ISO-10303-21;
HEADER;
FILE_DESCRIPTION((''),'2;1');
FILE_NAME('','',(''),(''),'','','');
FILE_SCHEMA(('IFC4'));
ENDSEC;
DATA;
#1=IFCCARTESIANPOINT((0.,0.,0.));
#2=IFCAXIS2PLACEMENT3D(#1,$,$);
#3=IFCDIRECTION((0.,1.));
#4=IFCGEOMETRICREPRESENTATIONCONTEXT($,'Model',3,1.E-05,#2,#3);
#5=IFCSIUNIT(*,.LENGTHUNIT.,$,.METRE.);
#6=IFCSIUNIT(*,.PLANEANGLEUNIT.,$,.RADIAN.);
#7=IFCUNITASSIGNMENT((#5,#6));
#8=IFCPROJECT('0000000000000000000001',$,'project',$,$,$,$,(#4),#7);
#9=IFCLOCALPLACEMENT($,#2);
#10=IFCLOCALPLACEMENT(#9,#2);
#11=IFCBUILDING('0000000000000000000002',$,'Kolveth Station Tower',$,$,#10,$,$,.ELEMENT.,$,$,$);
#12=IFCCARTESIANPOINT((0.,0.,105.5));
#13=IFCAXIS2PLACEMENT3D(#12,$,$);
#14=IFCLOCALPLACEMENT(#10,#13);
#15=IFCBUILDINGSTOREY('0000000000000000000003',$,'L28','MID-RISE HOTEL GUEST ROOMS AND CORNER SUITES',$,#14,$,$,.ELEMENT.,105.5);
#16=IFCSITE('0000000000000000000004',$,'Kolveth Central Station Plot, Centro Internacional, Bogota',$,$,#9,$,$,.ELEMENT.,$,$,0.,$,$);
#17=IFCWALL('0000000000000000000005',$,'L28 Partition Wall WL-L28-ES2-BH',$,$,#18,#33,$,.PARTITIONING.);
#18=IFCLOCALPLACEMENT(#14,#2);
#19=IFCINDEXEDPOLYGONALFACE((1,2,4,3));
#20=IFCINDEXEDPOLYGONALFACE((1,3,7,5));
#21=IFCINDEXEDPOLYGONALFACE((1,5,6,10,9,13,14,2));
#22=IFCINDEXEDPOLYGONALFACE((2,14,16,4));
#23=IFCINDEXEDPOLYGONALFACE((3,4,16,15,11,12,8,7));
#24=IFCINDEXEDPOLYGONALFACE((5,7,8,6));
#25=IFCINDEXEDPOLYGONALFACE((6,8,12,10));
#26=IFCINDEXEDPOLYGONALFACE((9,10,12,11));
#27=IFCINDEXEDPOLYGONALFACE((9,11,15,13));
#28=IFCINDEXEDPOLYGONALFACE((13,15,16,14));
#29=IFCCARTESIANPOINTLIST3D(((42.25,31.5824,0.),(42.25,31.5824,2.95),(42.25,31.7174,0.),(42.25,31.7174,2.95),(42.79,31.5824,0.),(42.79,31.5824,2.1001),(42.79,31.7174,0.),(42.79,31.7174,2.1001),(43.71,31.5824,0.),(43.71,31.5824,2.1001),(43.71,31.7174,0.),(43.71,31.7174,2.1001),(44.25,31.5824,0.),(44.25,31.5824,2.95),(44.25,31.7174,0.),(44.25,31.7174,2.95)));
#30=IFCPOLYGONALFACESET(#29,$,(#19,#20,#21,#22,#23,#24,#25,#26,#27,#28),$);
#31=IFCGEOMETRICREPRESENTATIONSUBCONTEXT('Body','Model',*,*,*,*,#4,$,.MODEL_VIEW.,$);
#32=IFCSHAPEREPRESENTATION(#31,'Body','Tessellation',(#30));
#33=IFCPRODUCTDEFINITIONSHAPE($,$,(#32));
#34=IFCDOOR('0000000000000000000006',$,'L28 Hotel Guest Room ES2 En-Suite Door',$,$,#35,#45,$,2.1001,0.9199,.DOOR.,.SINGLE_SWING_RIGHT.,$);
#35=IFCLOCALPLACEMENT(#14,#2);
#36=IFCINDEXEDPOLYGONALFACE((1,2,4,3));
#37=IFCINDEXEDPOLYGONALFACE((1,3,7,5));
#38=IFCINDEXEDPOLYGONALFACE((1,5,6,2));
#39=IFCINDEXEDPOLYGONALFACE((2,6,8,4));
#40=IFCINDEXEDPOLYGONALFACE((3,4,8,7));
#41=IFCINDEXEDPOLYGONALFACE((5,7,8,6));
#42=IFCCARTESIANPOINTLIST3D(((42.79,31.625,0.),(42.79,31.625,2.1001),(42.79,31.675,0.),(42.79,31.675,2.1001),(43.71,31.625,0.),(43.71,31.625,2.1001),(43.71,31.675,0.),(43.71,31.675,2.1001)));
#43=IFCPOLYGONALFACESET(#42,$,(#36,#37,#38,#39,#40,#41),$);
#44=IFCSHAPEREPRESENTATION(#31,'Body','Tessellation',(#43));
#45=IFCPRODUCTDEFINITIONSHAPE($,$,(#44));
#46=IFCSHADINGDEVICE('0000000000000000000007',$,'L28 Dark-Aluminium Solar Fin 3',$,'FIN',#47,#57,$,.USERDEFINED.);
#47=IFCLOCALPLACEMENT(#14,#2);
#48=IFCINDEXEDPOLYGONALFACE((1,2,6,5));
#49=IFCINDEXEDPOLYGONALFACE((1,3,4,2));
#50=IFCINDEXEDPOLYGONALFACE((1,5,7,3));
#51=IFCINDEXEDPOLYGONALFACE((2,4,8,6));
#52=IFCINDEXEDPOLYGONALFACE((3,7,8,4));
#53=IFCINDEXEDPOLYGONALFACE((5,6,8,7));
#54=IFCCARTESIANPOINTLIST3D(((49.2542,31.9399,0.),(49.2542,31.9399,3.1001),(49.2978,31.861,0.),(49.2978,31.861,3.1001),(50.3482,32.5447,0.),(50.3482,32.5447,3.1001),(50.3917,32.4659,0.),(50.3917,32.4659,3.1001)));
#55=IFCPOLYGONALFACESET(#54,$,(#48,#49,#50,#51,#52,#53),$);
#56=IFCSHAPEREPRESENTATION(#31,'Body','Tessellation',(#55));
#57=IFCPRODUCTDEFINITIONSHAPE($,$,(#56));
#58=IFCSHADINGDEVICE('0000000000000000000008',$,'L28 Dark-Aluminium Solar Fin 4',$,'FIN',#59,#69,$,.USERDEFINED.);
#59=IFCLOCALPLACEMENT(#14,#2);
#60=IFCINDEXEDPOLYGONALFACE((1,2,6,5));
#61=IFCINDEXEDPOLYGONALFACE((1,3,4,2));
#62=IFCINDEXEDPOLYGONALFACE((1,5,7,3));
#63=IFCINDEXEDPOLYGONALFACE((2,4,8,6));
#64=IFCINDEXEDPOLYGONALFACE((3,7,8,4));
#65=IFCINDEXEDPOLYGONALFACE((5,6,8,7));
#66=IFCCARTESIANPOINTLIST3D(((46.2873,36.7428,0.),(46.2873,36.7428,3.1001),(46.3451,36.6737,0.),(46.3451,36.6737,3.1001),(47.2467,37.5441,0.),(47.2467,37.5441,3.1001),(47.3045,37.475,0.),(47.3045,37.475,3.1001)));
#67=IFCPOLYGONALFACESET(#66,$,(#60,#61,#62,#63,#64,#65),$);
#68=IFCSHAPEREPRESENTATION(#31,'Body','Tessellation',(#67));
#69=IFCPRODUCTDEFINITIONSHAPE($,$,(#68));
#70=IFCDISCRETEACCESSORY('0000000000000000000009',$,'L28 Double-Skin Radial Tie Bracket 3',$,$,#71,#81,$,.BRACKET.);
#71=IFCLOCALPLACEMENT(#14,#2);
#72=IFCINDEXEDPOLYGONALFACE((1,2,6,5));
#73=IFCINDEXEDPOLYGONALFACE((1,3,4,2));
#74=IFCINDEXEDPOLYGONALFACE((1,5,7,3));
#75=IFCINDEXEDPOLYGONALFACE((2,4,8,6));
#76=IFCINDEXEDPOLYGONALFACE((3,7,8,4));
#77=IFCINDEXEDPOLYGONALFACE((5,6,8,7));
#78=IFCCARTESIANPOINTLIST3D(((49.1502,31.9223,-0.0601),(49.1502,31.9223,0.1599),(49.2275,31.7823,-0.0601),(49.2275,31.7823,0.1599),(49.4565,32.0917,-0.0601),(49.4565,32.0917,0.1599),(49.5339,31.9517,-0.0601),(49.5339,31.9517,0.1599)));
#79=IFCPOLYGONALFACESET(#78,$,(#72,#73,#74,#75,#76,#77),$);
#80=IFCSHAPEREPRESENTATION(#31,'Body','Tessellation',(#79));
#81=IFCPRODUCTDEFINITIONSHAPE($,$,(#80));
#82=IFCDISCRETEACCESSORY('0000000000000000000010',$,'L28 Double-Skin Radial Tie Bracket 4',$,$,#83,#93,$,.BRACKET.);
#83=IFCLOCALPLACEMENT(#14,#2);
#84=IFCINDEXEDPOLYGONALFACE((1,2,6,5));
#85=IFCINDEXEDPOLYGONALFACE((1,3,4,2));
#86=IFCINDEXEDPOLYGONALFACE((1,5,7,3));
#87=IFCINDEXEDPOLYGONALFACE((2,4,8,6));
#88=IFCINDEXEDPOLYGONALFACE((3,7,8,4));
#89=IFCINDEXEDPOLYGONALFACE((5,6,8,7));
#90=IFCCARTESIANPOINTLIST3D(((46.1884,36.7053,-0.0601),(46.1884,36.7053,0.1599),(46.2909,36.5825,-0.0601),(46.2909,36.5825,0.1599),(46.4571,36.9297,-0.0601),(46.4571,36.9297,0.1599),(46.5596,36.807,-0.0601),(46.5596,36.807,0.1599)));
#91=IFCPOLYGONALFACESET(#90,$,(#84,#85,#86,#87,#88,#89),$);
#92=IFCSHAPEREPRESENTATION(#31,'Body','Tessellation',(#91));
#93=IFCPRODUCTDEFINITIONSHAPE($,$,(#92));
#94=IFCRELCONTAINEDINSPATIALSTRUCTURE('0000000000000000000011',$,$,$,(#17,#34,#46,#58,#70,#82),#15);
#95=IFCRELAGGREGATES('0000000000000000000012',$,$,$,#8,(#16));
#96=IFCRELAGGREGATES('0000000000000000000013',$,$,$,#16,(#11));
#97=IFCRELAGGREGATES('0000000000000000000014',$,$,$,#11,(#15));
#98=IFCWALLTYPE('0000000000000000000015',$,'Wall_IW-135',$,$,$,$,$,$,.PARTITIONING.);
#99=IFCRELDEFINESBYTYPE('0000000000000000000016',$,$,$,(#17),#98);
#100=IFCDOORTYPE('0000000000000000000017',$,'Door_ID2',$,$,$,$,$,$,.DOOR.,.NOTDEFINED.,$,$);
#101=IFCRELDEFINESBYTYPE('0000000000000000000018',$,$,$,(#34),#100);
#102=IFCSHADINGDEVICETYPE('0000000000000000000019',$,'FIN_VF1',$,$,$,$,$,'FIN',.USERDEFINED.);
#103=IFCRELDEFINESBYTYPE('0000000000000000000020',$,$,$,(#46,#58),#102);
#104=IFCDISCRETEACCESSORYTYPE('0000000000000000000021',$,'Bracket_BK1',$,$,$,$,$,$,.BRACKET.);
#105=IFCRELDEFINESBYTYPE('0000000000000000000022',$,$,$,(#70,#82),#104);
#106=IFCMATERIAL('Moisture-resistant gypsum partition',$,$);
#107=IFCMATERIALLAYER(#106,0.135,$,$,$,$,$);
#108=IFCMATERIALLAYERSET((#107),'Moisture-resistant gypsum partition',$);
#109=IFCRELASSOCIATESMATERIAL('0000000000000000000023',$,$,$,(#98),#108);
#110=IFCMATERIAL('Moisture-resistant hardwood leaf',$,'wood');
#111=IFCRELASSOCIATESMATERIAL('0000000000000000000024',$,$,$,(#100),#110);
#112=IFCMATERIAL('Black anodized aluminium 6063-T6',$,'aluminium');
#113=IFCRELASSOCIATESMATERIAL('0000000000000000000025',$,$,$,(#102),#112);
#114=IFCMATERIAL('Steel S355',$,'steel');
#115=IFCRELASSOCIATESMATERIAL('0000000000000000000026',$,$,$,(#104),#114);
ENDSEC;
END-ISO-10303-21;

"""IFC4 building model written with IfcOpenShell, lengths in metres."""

from ifc_helpers import new_model, si_unit, direction, frame, frame_2d, origin, origin_2d, place, context, subcontext, project, spatial, rectangle, extrude, source, transform, mapped, material, layer, layer_set, type_object, element, fill, save


model = new_model("IFC4")

# Units and contexts
model_context = context("Model", 3, precision=1e-05, world=origin(), true_north=direction((0.0, 1.0)))
body_context = subcontext(model_context, "Body", "Model", "MODEL_VIEW")
ifc_project = project(units=[si_unit("LENGTHUNIT", "METRE"), si_unit("PLANEANGLEUNIT", "RADIAN")], contexts=[model_context])

# Site, building, storey
site_placement = place(None, origin())
site = spatial("IfcSite", under=ifc_project, at=site_placement, Name="Kolveth Central Station Plot, Centro Internacional, Bogota", CompositionType="ELEMENT", RefElevation=0.0)
building_placement = place(site_placement, origin())
building = spatial("IfcBuilding", under=site, at=building_placement, Name="Kolveth Station Tower", CompositionType="ELEMENT")
storey_placement = place(building_placement, frame((0.0, 0.0, 105.5)))
storey = spatial("IfcBuildingStorey", under=building, at=storey_placement, Name="L28", Description="MID-RISE HOTEL GUEST ROOMS AND CORNER SUITES", CompositionType="ELEMENT", Elevation=105.5)

# Shared definitions
ifc_material_1 = material(Name="Black anodized aluminium 6063-T6", Category="aluminium")

# Wall, opening, door
ifc_material_2 = material(Name="Moisture-resistant gypsum partition")
ifc_layer_1 = layer(ifc_material_2, 0.135)
ifc_layer_set_1 = layer_set([ifc_layer_1], Name="Moisture-resistant gypsum partition")
wall_type = type_object("IfcWallType", Name="Wall_IW-135", PredefinedType="PARTITIONING", material=ifc_layer_set_1)
wall_placement = place(storey_placement, frame((42.25, 31.6499, 0.0), z_axis=(0.0, 0.0, 1.0), x_axis=(1.0, 0.0, 0.0)))
wall = element("IfcWall", 1, at=wall_placement, inside=storey, type_object=wall_type, Name="L28 Partition Wall WL-L28-ES2-BH", PredefinedType="PARTITIONING", context=body_context, shape_type="SweptSolid", body=[
    extrude(rectangle(XDim=2.0, YDim=0.135, at=frame_2d((1.0, 0.0))), origin(), (0.0, 0.0, 1.0), 2.95),
])
opening_placement = place(wall_placement, frame((0.54, 0.0, 0.0)))
opening = element("IfcOpeningElement", 2, at=opening_placement, cuts=wall, PredefinedType="OPENING", context=body_context, shape_type="SweptSolid", body=[
    extrude(rectangle(XDim=0.9199, YDim=2.1001, at=frame_2d((0.46, 1.05))), frame((0.0, 0.0774, 0.0), z_axis=(0.0, -1.0, 0.0), x_axis=(1.0, 0.0, 0.0)), (0.0, 0.0, 1.0), 0.155),
])
ifc_material_3 = material(Name="Moisture-resistant hardwood leaf", Category="wood")
door_type = type_object("IfcDoorType", Name="Door_ID2", OperationType="NOTDEFINED", PredefinedType="DOOR", material=ifc_material_3)
door_placement = place(opening_placement, frame((0.9199, 0.0, 0.0), z_axis=(0.0, 0.0, 1.0), x_axis=(-1.0, 0.0, 0.0)))
door = element("IfcDoor", 3, at=door_placement, inside=storey, type_object=door_type, Name="L28 Hotel Guest Room ES2 En-Suite Door", OperationType="SINGLE_SWING_RIGHT", OverallHeight=2.1001, OverallWidth=0.9199, PredefinedType="DOOR", context=body_context, shape_type="SweptSolid", body=[
    extrude(rectangle(XDim=0.9199, YDim=2.1001, at=frame_2d((0.46, 1.05))), frame((0.0, 0.0249, 0.0), z_axis=(0.0, -1.0, 0.0), x_axis=(1.0, 0.0, 0.0)), (0.0, 0.0, 1.0), 0.05),
])
fill(opening, door)

# Shading devices
shading_device_type = type_object("IfcShadingDeviceType", Name="FIN_VF1", ElementType="FIN", PredefinedType="USERDEFINED", material=ifc_material_1)
shared_shape_1 = source(origin(), body_context, "Body", "SweptSolid", [
    extrude(rectangle(XDim=1.25, YDim=0.0901, at=origin_2d()), origin(), (0.0, 0.0, 1.0), 3.1001),
])
for number, where, z_axis, x_axis, name in (
    (4, (49.823, 32.2029, 0.0), (0.0, 0.0, 1.0), (0.875127, 0.483893, 0.0), "L28 Dark-Aluminium Solar Fin 3"),
    (5, (46.7959, 37.1089, 0.0), (0.0, 0.0, 1.0), (0.767501, 0.641048, 0.0), "L28 Dark-Aluminium Solar Fin 4"),
):
    element("IfcShadingDevice", number, at=place(storey_placement, frame(where, z_axis=z_axis, x_axis=x_axis)), inside=storey, type_object=shading_device_type, Name=name, ObjectType="FIN", PredefinedType="USERDEFINED", context=body_context, shape_type="MappedRepresentation", body=[
        mapped(shared_shape_1, transform((0.0, 0.0, 0.0), x_axis=(1.0, 0.0, 0.0), y_axis=(0.0, 1.0, 0.0), z_axis=(0.0, 0.0, 1.0), scale=1.0)),
    ])

# Discrete accessories
ifc_material_4 = material(Name="Steel S355", Category="steel")
discrete_accessory_type = type_object("IfcDiscreteAccessoryType", Name="Bracket_BK1", PredefinedType="BRACKET", material=ifc_material_4)
shared_shape_2 = source(origin(), body_context, "Body", "SweptSolid", [
    extrude(rectangle(XDim=0.3501, YDim=0.1599, at=origin_2d()), origin(), (0.0, 0.0, 1.0), 0.22),
])
for number, where, z_axis, x_axis, name in (
    (6, (49.342, 31.937, -0.0601), (0.0, 0.0, 1.0), (0.875127, 0.483893, 0.0), "L28 Double-Skin Radial Tie Bracket 3"),
    (7, (46.374, 36.7561, -0.0601), (0.0, 0.0, 1.0), (0.767501, 0.641048, 0.0), "L28 Double-Skin Radial Tie Bracket 4"),
):
    element("IfcDiscreteAccessory", number, at=place(storey_placement, frame(where, z_axis=z_axis, x_axis=x_axis)), inside=storey, type_object=discrete_accessory_type, Name=name, PredefinedType="BRACKET", context=body_context, shape_type="MappedRepresentation", body=[
        mapped(shared_shape_2, transform((0.0, 0.0, 0.0), x_axis=(1.0, 0.0, 0.0), y_axis=(0.0, 1.0, 0.0), z_axis=(0.0, 0.0, 1.0), scale=1.0)),
    ])

save(model, "model.ifc")
